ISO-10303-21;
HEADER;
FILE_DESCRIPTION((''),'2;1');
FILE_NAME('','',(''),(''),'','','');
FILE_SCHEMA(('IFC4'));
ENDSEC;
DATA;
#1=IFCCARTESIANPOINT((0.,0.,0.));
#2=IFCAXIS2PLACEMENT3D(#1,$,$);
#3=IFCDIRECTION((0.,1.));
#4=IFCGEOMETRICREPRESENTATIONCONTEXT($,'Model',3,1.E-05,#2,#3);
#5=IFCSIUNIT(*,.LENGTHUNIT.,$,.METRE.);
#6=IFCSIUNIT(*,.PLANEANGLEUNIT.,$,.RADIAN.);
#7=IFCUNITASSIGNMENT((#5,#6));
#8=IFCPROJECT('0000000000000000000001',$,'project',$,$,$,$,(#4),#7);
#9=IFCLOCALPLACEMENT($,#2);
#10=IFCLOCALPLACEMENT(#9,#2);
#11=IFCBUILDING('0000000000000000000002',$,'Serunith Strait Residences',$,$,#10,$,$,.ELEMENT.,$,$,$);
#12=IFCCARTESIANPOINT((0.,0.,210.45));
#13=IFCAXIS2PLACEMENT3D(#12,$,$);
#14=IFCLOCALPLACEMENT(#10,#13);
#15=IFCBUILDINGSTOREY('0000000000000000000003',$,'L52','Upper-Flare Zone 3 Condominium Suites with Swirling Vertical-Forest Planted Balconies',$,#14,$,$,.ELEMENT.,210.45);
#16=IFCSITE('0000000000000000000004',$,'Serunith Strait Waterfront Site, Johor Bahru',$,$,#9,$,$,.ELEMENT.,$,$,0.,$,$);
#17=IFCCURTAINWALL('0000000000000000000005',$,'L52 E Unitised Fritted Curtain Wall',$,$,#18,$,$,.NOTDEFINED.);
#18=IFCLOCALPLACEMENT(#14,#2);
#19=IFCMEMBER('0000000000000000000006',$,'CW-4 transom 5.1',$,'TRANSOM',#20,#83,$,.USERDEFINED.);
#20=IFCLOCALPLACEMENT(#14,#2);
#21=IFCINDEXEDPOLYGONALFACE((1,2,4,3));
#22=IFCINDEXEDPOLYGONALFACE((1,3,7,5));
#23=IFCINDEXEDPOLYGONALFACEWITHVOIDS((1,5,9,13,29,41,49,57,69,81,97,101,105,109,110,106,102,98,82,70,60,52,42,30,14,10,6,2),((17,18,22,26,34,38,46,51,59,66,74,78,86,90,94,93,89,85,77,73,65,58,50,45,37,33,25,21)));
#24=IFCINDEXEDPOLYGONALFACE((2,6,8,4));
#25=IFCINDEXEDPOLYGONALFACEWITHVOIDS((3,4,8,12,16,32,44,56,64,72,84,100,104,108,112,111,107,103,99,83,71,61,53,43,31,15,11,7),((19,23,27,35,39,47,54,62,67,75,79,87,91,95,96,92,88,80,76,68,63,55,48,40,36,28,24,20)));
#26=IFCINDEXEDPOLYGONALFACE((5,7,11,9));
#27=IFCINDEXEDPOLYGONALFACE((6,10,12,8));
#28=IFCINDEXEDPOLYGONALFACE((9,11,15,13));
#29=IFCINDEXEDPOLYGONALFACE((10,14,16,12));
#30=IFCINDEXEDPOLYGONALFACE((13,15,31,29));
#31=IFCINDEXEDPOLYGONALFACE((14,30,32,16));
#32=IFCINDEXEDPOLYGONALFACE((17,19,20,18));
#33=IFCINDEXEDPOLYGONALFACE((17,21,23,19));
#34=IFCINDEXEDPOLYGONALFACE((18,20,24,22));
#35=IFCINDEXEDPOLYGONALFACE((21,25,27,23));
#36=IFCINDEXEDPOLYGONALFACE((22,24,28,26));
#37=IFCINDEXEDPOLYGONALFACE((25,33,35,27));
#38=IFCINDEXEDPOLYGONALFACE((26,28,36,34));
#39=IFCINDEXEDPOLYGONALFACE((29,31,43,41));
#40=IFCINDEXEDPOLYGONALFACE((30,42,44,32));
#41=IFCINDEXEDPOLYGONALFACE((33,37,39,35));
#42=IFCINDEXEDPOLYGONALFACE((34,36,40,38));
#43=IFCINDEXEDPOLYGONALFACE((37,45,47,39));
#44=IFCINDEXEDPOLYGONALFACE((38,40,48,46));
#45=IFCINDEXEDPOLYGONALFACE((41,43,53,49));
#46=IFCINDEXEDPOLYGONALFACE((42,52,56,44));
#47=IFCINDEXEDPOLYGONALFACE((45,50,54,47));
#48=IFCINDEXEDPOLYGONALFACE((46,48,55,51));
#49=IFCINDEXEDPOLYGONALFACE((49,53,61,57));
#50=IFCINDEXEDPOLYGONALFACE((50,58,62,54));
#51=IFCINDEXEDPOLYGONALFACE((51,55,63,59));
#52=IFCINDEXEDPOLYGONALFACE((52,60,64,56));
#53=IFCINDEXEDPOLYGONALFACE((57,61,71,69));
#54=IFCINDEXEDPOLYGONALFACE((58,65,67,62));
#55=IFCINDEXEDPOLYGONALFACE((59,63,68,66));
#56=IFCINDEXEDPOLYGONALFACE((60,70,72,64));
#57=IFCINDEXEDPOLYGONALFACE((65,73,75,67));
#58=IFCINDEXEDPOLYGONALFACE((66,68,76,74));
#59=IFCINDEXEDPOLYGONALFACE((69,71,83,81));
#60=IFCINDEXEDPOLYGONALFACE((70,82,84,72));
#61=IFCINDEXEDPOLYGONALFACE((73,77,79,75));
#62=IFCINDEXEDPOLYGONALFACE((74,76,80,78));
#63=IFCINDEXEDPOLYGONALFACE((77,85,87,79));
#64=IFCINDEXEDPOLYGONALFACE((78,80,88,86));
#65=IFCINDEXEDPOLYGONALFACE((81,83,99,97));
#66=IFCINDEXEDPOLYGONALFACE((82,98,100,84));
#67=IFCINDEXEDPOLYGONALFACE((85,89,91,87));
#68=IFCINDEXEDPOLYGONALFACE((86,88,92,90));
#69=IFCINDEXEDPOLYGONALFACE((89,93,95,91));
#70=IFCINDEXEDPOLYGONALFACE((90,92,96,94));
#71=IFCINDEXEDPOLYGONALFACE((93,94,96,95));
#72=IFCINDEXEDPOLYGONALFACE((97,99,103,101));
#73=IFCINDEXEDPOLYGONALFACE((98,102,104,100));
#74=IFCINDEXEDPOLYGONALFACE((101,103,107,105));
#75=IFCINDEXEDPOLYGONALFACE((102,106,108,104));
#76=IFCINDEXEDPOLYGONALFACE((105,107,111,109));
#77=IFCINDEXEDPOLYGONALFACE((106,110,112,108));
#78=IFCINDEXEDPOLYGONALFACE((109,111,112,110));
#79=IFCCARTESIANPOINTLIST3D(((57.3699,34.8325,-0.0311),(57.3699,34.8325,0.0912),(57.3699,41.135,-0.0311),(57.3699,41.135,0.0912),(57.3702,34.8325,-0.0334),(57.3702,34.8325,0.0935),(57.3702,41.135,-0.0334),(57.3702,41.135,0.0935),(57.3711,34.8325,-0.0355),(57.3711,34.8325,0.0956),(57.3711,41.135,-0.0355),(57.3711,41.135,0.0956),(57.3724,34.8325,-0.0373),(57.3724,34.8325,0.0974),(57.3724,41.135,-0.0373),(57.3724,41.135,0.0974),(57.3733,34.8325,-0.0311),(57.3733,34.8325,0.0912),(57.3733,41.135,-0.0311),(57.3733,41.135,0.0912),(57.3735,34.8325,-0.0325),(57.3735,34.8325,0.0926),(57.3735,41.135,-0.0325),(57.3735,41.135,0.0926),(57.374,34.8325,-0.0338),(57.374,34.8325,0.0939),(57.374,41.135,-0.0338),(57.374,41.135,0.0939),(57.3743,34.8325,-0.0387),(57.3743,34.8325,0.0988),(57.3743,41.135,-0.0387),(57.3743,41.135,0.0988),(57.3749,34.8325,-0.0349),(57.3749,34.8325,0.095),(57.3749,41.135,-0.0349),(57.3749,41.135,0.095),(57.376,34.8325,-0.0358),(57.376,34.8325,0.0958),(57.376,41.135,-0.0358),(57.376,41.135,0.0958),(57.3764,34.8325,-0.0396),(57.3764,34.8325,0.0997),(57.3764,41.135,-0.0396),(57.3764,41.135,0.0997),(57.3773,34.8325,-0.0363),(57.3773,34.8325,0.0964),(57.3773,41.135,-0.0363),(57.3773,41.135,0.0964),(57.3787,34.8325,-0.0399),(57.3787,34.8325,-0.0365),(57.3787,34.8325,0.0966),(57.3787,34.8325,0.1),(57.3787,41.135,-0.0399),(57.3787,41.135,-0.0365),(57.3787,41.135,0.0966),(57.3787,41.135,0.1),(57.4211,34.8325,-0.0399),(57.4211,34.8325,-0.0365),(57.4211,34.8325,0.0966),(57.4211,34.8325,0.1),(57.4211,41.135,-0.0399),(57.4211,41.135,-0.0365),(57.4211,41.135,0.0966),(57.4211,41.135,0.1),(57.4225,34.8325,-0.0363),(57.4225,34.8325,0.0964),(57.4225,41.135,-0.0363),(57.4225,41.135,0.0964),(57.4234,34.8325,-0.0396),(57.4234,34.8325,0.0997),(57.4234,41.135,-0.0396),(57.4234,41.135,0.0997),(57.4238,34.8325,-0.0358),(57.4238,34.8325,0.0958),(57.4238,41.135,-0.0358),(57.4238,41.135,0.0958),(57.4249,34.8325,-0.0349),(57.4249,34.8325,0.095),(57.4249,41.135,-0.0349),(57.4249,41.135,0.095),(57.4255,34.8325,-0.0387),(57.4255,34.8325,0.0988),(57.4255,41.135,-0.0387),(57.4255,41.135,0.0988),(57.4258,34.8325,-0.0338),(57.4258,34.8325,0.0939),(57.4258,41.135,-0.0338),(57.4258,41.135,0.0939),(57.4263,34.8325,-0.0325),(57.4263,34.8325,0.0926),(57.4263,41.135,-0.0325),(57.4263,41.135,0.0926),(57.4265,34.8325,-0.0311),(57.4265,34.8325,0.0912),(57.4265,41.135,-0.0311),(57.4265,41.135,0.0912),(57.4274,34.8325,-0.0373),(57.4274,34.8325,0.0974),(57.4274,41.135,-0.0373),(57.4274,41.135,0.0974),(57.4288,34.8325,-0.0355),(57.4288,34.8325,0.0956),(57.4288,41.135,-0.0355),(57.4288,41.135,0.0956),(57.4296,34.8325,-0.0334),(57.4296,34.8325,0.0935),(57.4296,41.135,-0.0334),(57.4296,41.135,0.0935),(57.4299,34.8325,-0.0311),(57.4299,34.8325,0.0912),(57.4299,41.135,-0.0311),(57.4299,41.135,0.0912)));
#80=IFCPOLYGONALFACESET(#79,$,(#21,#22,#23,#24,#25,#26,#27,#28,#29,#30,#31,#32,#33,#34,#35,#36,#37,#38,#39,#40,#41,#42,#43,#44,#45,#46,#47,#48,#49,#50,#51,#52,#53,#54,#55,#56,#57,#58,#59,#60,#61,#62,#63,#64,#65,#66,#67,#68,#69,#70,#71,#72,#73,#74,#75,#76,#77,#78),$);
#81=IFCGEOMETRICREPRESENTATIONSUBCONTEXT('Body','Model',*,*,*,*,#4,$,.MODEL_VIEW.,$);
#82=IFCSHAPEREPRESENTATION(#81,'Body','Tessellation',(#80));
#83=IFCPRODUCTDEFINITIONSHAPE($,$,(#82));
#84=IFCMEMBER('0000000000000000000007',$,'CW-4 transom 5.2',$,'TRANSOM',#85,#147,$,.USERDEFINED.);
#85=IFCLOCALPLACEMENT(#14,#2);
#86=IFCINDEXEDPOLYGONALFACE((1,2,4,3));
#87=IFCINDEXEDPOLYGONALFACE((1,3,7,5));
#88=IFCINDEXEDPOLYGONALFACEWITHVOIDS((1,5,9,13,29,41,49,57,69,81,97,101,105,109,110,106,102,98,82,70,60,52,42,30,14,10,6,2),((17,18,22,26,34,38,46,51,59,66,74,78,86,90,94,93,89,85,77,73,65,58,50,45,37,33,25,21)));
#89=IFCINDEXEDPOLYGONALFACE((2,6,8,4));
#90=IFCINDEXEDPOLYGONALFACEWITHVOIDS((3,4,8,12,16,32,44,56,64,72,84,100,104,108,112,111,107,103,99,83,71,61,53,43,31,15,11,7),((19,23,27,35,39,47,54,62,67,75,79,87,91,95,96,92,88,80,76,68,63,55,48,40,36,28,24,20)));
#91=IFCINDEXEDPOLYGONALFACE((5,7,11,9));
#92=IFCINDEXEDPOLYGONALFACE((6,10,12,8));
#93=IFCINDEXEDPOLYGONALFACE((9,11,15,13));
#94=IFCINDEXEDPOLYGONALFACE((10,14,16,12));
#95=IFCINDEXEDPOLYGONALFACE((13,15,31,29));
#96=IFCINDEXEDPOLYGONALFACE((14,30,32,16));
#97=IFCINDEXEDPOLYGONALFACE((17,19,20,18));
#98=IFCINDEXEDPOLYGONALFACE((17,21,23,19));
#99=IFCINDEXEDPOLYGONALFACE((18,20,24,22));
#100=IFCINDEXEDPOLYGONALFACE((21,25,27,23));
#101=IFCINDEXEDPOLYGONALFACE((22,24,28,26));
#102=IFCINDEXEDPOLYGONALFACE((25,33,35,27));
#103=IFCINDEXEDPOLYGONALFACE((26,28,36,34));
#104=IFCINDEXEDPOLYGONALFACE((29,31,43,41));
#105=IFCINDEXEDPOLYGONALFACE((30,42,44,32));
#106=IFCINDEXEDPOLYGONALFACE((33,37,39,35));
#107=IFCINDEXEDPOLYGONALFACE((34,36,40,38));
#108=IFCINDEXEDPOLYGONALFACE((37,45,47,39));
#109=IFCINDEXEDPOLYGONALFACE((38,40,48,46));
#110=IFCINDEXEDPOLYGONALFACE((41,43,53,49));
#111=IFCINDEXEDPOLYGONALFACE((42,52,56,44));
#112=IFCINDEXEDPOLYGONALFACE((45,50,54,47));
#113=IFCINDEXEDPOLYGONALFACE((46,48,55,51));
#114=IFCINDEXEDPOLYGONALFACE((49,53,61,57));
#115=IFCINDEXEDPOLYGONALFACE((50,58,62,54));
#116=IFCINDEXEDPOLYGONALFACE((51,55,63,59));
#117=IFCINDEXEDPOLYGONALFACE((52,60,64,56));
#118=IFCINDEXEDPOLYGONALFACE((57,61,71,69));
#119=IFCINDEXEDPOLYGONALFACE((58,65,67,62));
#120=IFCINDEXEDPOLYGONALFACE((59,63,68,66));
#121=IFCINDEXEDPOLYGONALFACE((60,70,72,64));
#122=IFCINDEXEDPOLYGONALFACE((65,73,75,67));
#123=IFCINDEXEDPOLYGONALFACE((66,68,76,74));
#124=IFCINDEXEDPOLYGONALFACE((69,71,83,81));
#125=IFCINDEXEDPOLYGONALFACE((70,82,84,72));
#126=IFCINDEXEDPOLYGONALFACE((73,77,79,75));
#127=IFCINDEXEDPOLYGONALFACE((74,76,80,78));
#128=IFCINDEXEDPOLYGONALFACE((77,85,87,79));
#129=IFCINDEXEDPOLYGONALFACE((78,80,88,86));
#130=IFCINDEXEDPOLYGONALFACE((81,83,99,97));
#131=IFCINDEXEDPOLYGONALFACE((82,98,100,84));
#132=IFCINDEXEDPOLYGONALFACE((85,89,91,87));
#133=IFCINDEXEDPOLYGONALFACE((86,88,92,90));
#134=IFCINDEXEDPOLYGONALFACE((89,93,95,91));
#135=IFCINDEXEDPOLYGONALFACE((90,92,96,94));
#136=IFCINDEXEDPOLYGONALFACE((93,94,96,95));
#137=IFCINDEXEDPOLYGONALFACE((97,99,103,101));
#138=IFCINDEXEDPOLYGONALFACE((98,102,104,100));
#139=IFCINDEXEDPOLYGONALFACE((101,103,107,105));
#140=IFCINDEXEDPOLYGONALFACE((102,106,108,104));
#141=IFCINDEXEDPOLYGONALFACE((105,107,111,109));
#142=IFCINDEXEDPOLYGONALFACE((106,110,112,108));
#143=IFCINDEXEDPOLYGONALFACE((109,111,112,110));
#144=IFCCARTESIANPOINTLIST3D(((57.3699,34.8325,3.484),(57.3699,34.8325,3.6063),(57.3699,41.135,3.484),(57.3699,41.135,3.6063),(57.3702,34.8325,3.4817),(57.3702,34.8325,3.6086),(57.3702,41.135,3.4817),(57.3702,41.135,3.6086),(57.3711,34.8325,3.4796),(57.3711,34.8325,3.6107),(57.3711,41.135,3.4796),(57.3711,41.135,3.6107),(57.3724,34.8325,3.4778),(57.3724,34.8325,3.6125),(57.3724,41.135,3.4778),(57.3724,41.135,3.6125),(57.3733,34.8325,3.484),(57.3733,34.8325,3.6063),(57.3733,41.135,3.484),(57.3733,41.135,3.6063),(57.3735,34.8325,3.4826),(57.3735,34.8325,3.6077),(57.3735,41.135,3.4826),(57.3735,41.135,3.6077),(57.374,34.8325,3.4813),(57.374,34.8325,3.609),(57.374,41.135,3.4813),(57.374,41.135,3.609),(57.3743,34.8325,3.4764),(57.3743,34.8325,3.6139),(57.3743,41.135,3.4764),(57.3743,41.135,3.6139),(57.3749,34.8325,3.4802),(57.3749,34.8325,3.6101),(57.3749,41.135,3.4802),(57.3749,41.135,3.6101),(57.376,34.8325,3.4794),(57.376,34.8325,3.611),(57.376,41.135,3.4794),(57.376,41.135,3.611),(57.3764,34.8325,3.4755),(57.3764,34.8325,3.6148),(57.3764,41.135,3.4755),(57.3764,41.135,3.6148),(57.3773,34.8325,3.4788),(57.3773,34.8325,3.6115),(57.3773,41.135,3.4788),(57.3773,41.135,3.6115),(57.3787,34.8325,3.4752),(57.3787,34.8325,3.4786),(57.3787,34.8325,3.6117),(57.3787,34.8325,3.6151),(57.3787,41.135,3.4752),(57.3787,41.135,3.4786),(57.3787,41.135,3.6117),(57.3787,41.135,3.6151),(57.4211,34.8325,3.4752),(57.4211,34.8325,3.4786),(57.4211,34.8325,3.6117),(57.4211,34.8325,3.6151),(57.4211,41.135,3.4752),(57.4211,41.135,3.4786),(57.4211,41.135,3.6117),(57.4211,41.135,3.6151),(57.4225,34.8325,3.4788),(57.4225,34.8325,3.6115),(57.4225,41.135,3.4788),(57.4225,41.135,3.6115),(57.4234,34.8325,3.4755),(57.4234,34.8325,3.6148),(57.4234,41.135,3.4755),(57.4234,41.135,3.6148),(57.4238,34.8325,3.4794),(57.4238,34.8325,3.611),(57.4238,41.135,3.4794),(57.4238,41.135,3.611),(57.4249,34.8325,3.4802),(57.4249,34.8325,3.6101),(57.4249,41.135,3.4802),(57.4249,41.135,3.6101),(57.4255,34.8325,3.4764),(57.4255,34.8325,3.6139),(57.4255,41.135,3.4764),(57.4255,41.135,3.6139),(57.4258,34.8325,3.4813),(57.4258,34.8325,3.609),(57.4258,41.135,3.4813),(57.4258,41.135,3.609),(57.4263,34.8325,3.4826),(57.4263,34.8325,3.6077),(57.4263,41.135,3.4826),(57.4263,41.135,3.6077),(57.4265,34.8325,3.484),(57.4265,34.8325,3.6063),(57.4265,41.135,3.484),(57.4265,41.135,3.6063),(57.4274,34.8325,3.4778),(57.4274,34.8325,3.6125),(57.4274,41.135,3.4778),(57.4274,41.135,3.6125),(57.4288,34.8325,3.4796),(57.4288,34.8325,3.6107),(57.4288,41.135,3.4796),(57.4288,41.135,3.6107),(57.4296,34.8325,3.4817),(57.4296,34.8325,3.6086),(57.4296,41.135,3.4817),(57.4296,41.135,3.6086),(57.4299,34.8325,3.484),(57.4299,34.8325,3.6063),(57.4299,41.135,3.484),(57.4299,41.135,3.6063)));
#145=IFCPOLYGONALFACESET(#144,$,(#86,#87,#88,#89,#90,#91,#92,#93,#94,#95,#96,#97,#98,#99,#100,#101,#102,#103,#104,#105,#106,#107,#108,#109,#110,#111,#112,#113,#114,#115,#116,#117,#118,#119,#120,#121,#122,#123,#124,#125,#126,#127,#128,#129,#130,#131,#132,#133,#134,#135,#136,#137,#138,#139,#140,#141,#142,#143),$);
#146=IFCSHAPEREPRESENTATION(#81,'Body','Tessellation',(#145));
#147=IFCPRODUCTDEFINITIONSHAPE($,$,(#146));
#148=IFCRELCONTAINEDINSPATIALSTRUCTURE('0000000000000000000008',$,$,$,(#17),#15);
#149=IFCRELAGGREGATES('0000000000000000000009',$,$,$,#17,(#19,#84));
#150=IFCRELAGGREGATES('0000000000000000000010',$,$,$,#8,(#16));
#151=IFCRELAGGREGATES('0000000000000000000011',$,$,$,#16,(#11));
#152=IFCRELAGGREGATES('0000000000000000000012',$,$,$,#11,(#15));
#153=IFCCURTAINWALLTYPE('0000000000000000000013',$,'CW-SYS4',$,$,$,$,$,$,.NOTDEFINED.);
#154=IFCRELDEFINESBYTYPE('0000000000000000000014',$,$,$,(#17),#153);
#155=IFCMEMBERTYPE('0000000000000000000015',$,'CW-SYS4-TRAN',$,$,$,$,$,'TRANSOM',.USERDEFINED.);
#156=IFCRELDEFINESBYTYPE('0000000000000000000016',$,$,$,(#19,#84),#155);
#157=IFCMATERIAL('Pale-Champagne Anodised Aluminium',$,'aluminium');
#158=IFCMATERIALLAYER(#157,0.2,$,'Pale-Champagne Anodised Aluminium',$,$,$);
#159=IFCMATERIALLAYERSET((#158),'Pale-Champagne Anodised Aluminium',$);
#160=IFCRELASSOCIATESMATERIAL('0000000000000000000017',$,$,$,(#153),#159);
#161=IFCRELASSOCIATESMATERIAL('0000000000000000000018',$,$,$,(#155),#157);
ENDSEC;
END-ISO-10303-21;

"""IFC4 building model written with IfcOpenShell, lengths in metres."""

from ifc_helpers import new_model, si_unit, direction, frame, origin, origin_2d, place, context, subcontext, project, spatial, hollow_rectangle, extrude, source, transform, mapped, material, layer, layer_set, material_profile, profile_set, type_object, element, aggregate, save


model = new_model("IFC4")

# Units and contexts
model_context = context("Model", 3, precision=1e-05, world=origin(), true_north=direction((0.0, 1.0)))
body_context = subcontext(model_context, "Body", "Model", "MODEL_VIEW")
ifc_project = project(units=[si_unit("LENGTHUNIT", "METRE"), si_unit("PLANEANGLEUNIT", "RADIAN")], contexts=[model_context])

# Site, building, storey
site_placement = place(None, origin())
site = spatial("IfcSite", under=ifc_project, at=site_placement, Name="Serunith Strait Waterfront Site, Johor Bahru", CompositionType="ELEMENT", RefElevation=0.0)
building_placement = place(site_placement, origin())
building = spatial("IfcBuilding", under=site, at=building_placement, Name="Serunith Strait Residences", CompositionType="ELEMENT")
storey_placement = place(building_placement, frame((0.0, 0.0, 210.45)))
storey = spatial("IfcBuildingStorey", under=building, at=storey_placement, Name="L52", Description="Upper-Flare Zone 3 Condominium Suites with Swirling Vertical-Forest Planted Balconies", CompositionType="ELEMENT", Elevation=210.45)

# Curtain wall, members
ifc_material_1 = material(Name="Pale-Champagne Anodised Aluminium", Category="aluminium")
ifc_layer_1 = layer(ifc_material_1, 0.2, Name="Pale-Champagne Anodised Aluminium")
ifc_layer_set_1 = layer_set([ifc_layer_1], Name="Pale-Champagne Anodised Aluminium")
curtain_wall_type = type_object("IfcCurtainWallType", Name="CW-SYS4", PredefinedType="NOTDEFINED", material=ifc_layer_set_1)
curtain_wall_placement = place(storey_placement, origin())
curtain_wall = element("IfcCurtainWall", 1, at=curtain_wall_placement, inside=storey, type_object=curtain_wall_type, Name="L52 E Unitised Fritted Curtain Wall", PredefinedType="NOTDEFINED")
ifc_material_profile_1 = material_profile(ifc_material_1, hollow_rectangle(XDim=0.0601, YDim=0.1399, WallThickness=0.0034, InnerFilletRadius=0.0054, OuterFilletRadius=0.0088, at=origin_2d()), Name="ALU 140x60x3.5")
ifc_profile_set_1 = profile_set([ifc_material_profile_1], Name="Pale-Champagne Anodised Aluminium")
member_type_1 = type_object("IfcMemberType", Name="CW-SYS4-TRAN", ElementType="TRANSOM", PredefinedType="USERDEFINED", material=ifc_profile_set_1)
shared_shape_1 = source(origin(), body_context, "Body", "SweptSolid", [
    extrude(hollow_rectangle(XDim=0.0601, YDim=0.1399, WallThickness=0.0034, InnerFilletRadius=0.0054, OuterFilletRadius=0.0088, at=origin_2d()), origin(), (0.0, 0.0, 1.0), 6.3025),
])
member_1_placement = place(storey_placement, frame((57.3999, 34.8325, 0.03), z_axis=(0.0, 1.0, 0.0), x_axis=(-1.0, 0.0, 0.0)))
member_1 = element("IfcMember", 2, at=member_1_placement, type_object=member_type_1, Name="CW-4 transom 5.1", ObjectType="TRANSOM", PredefinedType="USERDEFINED", context=body_context, shape_type="MappedRepresentation", body=[
    mapped(shared_shape_1, transform((0.0, 0.0, 0.0), scale=1.0)),
])
member_2_placement = place(storey_placement, frame((57.3999, 34.8325, 3.5452), z_axis=(0.0, 1.0, 0.0), x_axis=(-1.0, 0.0, 0.0)))
member_2 = element("IfcMember", 3, at=member_2_placement, type_object=member_type_1, Name="CW-4 transom 5.2", ObjectType="TRANSOM", PredefinedType="USERDEFINED", context=body_context, shape_type="MappedRepresentation", body=[
    mapped(shared_shape_1, transform((0.0, 0.0, 0.0), scale=1.0)),
])
aggregate(curtain_wall, [member_1, member_2])

save(model, "model.ifc")
